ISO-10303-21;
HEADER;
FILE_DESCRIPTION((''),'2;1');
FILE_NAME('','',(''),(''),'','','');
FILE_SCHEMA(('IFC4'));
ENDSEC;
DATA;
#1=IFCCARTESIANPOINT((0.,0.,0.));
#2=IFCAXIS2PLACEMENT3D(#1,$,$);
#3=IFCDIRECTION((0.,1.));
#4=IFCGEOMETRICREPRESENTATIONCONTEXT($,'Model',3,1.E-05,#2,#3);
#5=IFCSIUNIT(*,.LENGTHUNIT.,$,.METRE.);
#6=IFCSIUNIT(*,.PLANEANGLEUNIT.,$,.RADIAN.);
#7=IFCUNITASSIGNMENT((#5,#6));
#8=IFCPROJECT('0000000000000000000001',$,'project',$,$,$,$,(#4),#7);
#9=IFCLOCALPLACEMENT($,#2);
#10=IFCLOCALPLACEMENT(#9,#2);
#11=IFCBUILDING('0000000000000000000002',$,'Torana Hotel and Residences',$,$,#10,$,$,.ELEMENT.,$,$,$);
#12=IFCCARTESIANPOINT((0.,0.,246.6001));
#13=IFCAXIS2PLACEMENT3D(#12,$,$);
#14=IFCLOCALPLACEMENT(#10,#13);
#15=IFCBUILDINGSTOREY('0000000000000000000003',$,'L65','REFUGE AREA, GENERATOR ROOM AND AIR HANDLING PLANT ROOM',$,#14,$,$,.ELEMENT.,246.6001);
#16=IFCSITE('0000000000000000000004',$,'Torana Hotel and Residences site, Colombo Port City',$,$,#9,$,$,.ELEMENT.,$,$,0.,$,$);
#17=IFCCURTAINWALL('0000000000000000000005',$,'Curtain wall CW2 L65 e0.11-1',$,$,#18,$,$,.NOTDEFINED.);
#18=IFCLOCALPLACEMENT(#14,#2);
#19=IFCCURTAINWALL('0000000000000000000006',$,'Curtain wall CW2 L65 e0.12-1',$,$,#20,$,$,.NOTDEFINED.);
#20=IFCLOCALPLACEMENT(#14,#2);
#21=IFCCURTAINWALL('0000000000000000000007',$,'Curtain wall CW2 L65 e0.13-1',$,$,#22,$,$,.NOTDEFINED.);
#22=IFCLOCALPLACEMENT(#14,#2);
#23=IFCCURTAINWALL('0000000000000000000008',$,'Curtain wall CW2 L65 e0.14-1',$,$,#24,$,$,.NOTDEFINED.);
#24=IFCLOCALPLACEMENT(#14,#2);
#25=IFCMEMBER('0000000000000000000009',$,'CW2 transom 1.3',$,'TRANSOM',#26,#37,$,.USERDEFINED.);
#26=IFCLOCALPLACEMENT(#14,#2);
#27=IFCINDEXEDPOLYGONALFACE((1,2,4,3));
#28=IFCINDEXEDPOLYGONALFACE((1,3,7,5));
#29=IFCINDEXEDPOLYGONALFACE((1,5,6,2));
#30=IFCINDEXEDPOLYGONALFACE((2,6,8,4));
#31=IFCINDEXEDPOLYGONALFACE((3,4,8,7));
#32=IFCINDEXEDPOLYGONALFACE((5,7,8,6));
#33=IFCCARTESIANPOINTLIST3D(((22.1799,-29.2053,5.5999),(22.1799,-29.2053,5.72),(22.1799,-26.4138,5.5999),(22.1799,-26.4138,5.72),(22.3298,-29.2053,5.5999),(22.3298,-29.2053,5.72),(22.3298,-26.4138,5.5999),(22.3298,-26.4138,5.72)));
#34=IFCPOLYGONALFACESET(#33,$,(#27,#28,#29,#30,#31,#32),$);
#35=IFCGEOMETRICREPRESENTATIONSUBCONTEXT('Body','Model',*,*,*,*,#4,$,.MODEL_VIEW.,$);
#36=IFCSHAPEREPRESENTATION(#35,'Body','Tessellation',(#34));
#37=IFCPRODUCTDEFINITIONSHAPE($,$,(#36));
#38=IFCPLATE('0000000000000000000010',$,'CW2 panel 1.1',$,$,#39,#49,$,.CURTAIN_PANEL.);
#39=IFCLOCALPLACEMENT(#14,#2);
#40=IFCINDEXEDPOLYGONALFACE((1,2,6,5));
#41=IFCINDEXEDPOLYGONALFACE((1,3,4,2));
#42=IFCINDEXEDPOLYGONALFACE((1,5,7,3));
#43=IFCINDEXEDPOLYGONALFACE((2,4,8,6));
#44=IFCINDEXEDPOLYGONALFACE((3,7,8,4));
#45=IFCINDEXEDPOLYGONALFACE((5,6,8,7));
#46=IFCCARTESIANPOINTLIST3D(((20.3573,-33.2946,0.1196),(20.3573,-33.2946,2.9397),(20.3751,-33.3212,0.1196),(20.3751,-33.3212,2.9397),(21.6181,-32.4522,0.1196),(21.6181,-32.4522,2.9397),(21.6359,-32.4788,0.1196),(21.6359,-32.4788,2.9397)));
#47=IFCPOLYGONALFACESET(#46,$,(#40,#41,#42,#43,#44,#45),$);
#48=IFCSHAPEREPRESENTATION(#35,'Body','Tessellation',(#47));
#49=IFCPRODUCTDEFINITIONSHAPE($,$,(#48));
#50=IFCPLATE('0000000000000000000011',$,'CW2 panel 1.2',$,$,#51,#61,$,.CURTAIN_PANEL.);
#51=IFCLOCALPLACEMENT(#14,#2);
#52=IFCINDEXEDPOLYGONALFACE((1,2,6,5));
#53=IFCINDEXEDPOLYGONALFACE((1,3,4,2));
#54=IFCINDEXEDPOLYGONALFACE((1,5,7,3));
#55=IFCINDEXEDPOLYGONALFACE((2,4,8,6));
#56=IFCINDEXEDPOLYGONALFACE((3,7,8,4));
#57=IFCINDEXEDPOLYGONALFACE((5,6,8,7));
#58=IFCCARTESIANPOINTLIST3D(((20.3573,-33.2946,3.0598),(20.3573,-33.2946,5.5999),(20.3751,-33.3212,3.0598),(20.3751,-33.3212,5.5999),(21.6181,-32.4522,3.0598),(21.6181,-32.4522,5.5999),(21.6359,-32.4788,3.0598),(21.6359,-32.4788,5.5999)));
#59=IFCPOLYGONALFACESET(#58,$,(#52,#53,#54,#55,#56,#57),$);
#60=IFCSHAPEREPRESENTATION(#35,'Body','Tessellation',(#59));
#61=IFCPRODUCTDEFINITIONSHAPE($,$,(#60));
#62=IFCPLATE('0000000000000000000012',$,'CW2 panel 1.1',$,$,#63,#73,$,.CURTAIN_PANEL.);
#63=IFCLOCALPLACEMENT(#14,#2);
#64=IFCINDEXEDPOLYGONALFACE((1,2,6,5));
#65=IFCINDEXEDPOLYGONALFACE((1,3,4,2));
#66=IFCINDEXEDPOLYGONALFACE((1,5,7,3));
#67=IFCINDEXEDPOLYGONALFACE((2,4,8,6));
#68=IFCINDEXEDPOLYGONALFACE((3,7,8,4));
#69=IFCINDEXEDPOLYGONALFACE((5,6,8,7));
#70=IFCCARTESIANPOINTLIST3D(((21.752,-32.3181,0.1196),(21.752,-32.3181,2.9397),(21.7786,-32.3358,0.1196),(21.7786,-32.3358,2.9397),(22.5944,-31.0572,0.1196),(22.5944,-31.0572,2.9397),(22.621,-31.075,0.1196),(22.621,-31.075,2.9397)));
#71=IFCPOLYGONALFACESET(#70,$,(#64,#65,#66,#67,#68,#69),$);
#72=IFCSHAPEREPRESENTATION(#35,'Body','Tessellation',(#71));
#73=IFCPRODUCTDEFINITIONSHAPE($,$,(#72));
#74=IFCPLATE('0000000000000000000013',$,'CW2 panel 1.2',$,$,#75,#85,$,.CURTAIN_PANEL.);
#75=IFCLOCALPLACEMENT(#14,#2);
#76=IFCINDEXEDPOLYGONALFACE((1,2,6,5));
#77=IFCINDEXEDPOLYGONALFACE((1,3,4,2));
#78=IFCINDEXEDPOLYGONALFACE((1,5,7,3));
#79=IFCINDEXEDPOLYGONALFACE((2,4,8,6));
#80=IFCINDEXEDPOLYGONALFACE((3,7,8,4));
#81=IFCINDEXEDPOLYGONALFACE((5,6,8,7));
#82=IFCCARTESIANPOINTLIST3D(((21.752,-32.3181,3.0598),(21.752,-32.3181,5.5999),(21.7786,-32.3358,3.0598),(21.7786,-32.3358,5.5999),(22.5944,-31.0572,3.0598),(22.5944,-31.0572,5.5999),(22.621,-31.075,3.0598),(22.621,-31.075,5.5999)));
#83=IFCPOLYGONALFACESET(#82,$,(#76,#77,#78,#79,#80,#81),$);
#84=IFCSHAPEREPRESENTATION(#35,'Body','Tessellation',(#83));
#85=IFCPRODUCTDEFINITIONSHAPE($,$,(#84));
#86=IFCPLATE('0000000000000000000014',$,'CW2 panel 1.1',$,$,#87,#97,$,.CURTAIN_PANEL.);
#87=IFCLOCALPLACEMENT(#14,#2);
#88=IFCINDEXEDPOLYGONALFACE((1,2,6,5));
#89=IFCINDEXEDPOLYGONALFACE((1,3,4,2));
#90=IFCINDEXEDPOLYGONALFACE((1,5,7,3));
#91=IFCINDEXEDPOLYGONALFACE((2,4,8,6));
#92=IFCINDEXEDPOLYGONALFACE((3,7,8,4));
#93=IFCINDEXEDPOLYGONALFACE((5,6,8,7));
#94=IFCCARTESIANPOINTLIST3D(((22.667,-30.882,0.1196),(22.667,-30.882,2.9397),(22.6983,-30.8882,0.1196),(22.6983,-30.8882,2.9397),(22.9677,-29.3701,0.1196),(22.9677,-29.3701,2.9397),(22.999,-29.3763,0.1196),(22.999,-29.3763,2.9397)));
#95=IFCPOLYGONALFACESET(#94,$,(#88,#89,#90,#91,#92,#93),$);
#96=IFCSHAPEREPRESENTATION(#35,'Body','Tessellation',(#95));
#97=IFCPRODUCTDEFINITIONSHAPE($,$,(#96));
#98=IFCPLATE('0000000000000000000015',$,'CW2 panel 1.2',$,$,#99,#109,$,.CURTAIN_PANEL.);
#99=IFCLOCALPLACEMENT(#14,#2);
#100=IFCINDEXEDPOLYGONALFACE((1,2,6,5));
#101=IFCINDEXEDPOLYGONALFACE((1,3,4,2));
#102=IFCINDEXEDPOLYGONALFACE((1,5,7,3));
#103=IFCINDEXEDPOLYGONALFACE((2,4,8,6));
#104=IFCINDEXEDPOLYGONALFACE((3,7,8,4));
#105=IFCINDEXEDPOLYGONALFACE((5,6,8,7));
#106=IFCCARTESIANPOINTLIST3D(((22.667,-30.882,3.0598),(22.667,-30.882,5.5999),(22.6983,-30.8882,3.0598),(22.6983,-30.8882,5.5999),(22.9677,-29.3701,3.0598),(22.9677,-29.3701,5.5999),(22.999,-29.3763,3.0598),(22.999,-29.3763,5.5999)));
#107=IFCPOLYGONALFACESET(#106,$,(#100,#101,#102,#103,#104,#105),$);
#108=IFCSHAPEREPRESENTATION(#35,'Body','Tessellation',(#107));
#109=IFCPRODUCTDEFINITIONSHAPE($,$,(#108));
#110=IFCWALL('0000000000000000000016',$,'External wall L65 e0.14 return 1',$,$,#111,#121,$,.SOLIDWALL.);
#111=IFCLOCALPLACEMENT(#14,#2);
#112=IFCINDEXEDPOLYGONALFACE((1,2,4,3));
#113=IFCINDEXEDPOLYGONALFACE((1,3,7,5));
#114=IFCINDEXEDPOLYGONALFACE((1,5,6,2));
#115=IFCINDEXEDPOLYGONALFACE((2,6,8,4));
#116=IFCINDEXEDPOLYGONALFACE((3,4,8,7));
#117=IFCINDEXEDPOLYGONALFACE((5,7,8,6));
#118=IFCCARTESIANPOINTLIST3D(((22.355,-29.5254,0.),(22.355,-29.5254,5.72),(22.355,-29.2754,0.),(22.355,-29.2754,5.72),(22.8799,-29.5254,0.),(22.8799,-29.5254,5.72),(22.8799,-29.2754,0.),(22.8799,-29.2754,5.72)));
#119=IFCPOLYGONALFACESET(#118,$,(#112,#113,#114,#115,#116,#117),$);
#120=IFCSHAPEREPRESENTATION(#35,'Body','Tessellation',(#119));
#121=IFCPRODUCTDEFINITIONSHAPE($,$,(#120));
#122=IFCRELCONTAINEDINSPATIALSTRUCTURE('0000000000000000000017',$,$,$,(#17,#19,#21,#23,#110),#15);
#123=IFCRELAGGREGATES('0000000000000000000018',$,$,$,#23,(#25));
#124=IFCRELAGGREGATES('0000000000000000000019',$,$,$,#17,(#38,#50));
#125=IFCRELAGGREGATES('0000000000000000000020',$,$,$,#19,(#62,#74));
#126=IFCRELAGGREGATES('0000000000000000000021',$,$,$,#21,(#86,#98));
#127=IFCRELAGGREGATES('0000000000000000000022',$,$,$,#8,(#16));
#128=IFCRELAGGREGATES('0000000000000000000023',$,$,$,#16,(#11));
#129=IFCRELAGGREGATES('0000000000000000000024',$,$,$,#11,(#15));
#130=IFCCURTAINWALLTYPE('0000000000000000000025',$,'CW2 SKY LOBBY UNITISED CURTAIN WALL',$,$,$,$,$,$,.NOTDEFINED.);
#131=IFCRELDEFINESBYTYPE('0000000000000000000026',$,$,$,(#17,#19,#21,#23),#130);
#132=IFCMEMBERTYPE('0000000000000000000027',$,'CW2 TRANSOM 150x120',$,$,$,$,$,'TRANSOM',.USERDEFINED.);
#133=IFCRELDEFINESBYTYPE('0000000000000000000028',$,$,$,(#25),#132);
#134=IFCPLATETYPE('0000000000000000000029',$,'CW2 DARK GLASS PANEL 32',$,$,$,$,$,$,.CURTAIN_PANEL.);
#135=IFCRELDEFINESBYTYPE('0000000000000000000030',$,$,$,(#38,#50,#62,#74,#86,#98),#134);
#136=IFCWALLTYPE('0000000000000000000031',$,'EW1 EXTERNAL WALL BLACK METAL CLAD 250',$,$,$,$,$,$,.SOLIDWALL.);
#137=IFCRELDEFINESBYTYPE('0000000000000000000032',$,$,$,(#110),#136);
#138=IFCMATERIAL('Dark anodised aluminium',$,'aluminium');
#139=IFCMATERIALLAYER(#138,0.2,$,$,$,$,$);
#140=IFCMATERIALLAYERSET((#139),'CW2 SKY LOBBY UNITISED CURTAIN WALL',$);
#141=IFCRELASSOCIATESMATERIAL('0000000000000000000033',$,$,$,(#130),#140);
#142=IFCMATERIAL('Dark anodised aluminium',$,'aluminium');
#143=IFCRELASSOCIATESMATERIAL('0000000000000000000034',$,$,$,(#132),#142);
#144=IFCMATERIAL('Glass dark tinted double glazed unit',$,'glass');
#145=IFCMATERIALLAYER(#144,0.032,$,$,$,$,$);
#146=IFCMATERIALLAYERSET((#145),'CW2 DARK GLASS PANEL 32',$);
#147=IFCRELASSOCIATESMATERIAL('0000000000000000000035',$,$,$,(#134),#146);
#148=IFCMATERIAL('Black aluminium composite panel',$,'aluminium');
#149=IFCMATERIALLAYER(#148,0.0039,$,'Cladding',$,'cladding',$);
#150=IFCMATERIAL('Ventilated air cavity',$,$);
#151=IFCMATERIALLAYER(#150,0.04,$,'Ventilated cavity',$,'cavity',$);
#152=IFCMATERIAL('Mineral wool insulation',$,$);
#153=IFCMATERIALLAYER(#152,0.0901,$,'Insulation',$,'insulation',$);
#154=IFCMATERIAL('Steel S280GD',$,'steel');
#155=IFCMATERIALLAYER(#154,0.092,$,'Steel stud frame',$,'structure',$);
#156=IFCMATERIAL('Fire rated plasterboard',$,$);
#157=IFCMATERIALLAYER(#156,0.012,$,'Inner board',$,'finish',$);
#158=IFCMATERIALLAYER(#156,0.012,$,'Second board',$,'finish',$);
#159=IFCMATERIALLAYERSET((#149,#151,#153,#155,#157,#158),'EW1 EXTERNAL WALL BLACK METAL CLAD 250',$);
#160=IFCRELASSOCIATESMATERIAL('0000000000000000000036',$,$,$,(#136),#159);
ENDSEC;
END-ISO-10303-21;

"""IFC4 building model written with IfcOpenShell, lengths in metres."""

from ifc_helpers import new_model, si_unit, direction, frame, frame_2d, origin, origin_2d, place, context, subcontext, project, spatial, rectangle, extrude, material, layer, layer_set, material_profile, profile_set, type_object, element, aggregate, save


model = new_model("IFC4")

# Units and contexts
model_context = context("Model", 3, precision=1e-05, world=origin(), true_north=direction((0.0, 1.0)))
body_context = subcontext(model_context, "Body", "Model", "MODEL_VIEW")
ifc_project = project(units=[si_unit("LENGTHUNIT", "METRE"), si_unit("PLANEANGLEUNIT", "RADIAN")], contexts=[model_context])

# Site, building, storey
site_placement = place(None, origin())
site = spatial("IfcSite", under=ifc_project, at=site_placement, Name="Torana Hotel and Residences site, Colombo Port City", CompositionType="ELEMENT", RefElevation=0.0)
building_placement = place(site_placement, origin())
building = spatial("IfcBuilding", under=site, at=building_placement, Name="Torana Hotel and Residences", CompositionType="ELEMENT")
storey_placement = place(building_placement, frame((0.0, 0.0, 246.6001)))
storey = spatial("IfcBuildingStorey", under=building, at=storey_placement, Name="L65", Description="REFUGE AREA, GENERATOR ROOM AND AIR HANDLING PLANT ROOM", CompositionType="ELEMENT", Elevation=246.6001)

# Curtain wall
ifc_material_1 = material(Name="Dark anodised aluminium", Category="aluminium")
ifc_layer_1 = layer(ifc_material_1, 0.2)
ifc_layer_set_1 = layer_set([ifc_layer_1], Name="CW2 SKY LOBBY UNITISED CURTAIN WALL")
curtain_wall_type = type_object("IfcCurtainWallType", Name="CW2 SKY LOBBY UNITISED CURTAIN WALL", PredefinedType="NOTDEFINED", material=ifc_layer_set_1)
curtain_wall_1_placement = place(storey_placement, origin())
curtain_wall_1 = element("IfcCurtainWall", 1, at=curtain_wall_1_placement, inside=storey, type_object=curtain_wall_type, Name="Curtain wall CW2 L65 e0.11-1", PredefinedType="NOTDEFINED")

# Curtain walls
curtain_wall_2_placement = place(storey_placement, origin())
curtain_wall_2 = element("IfcCurtainWall", 2, at=curtain_wall_2_placement, inside=storey, type_object=curtain_wall_type, Name="Curtain wall CW2 L65 e0.12-1", PredefinedType="NOTDEFINED")
curtain_wall_3_placement = place(storey_placement, origin())
curtain_wall_3 = element("IfcCurtainWall", 3, at=curtain_wall_3_placement, inside=storey, type_object=curtain_wall_type, Name="Curtain wall CW2 L65 e0.13-1", PredefinedType="NOTDEFINED")

# Curtain wall
curtain_wall_4_placement = place(storey_placement, origin())
curtain_wall_4 = element("IfcCurtainWall", 4, at=curtain_wall_4_placement, inside=storey, type_object=curtain_wall_type, Name="Curtain wall CW2 L65 e0.14-1", PredefinedType="NOTDEFINED")

# Member
ifc_material_2 = material(Name="Dark anodised aluminium", Category="aluminium")
ifc_material_profile_1 = material_profile(ifc_material_2, rectangle(XDim=0.1499, YDim=0.1201, at=origin_2d()), Name="CW2 TRANSOM 150x120")
ifc_profile_set_1 = profile_set([ifc_material_profile_1], Name="Dark anodised aluminium")
member_type_1 = type_object("IfcMemberType", Name="CW2 TRANSOM 150x120", ElementType="TRANSOM", PredefinedType="USERDEFINED", material=ifc_profile_set_1)
member_1_placement = place(storey_placement, frame((22.2549, -29.2053, 5.6599), z_axis=(0.0, 1.0, 0.0), x_axis=(-1.0, 0.0, 0.0)))
member_1 = element("IfcMember", 5, at=member_1_placement, type_object=member_type_1, Name="CW2 transom 1.3", ObjectType="TRANSOM", PredefinedType="USERDEFINED", context=body_context, shape_type="SweptSolid", body=[
    extrude(rectangle(XDim=0.1499, YDim=0.1201, at=origin_2d()), origin(), (0.0, 0.0, 1.0), 2.7915),
])
aggregate(curtain_wall_4, [member_1])

# Plates
ifc_material_3 = material(Name="Glass dark tinted double glazed unit", Category="glass")
ifc_layer_2 = layer(ifc_material_3, 0.032)
ifc_layer_set_2 = layer_set([ifc_layer_2], Name="CW2 DARK GLASS PANEL 32")
plate_type = type_object("IfcPlateType", Name="CW2 DARK GLASS PANEL 32", PredefinedType="CURTAIN_PANEL", material=ifc_layer_set_2)
plate_1_placement = place(storey_placement, frame((20.9966, -32.8867, 0.1196), z_axis=(0.0, 0.0, 1.0), x_axis=(0.831474, 0.555564, 0.0)))
plate_1 = element("IfcPlate", 6, at=plate_1_placement, type_object=plate_type, Name="CW2 panel 1.1", PredefinedType="CURTAIN_PANEL", context=body_context, shape_type="SweptSolid", body=[
    extrude(rectangle(XDim=1.5164, YDim=0.032, at=origin_2d()), origin(), (0.0, 0.0, 1.0), 2.8201),
])
plate_2_placement = place(storey_placement, frame((20.9966, -32.8867, 3.0598), z_axis=(0.0, 0.0, 1.0), x_axis=(0.831474, 0.555564, 0.0)))
plate_2 = element("IfcPlate", 7, at=plate_2_placement, type_object=plate_type, Name="CW2 panel 1.2", PredefinedType="CURTAIN_PANEL", context=body_context, shape_type="SweptSolid", body=[
    extrude(rectangle(XDim=1.5164, YDim=0.032, at=origin_2d()), origin(), (0.0, 0.0, 1.0), 2.54),
])
aggregate(curtain_wall_1, [plate_1, plate_2])
plate_3_placement = place(storey_placement, frame((22.1865, -31.6965, 0.1196), z_axis=(0.0, 0.0, 1.0), x_axis=(0.555564, 0.831474, 0.0)))
plate_3 = element("IfcPlate", 8, at=plate_3_placement, type_object=plate_type, Name="CW2 panel 1.1", PredefinedType="CURTAIN_PANEL", context=body_context, shape_type="SweptSolid", body=[
    extrude(rectangle(XDim=1.5164, YDim=0.032, at=origin_2d()), origin(), (0.0, 0.0, 1.0), 2.8201),
])
plate_4_placement = place(storey_placement, frame((22.1865, -31.6965, 3.0598), z_axis=(0.0, 0.0, 1.0), x_axis=(0.555564, 0.831474, 0.0)))
plate_4 = element("IfcPlate", 9, at=plate_4_placement, type_object=plate_type, Name="CW2 panel 1.2", PredefinedType="CURTAIN_PANEL", context=body_context, shape_type="SweptSolid", body=[
    extrude(rectangle(XDim=1.5164, YDim=0.032, at=origin_2d()), origin(), (0.0, 0.0, 1.0), 2.54),
])
aggregate(curtain_wall_2, [plate_3, plate_4])
plate_5_placement = place(storey_placement, frame((22.833, -30.1292, 0.1196), z_axis=(0.0, 0.0, 1.0), x_axis=(0.195064, 0.980791, 0.0)))
plate_5 = element("IfcPlate", 10, at=plate_5_placement, type_object=plate_type, Name="CW2 panel 1.1", PredefinedType="CURTAIN_PANEL", context=body_context, shape_type="SweptSolid", body=[
    extrude(rectangle(XDim=1.5415, YDim=0.032, at=origin_2d()), origin(), (0.0, 0.0, 1.0), 2.8201),
])
plate_6_placement = place(storey_placement, frame((22.833, -30.1292, 3.0598), z_axis=(0.0, 0.0, 1.0), x_axis=(0.195064, 0.980791, 0.0)))
plate_6 = element("IfcPlate", 11, at=plate_6_placement, type_object=plate_type, Name="CW2 panel 1.2", PredefinedType="CURTAIN_PANEL", context=body_context, shape_type="SweptSolid", body=[
    extrude(rectangle(XDim=1.5415, YDim=0.032, at=origin_2d()), origin(), (0.0, 0.0, 1.0), 2.54),
])
aggregate(curtain_wall_3, [plate_5, plate_6])

# Wall
ifc_material_4 = material(Name="Black aluminium composite panel", Category="aluminium")
ifc_layer_3 = layer(ifc_material_4, 0.0039, Name="Cladding", Category="cladding")
ifc_material_5 = material(Name="Ventilated air cavity")
ifc_layer_4 = layer(ifc_material_5, 0.04, Name="Ventilated cavity", Category="cavity")
ifc_material_6 = material(Name="Mineral wool insulation")
ifc_layer_5 = layer(ifc_material_6, 0.0901, Name="Insulation", Category="insulation")
ifc_material_7 = material(Name="Steel S280GD", Category="steel")
ifc_layer_6 = layer(ifc_material_7, 0.092, Name="Steel stud frame", Category="structure")
ifc_material_8 = material(Name="Fire rated plasterboard")
ifc_layer_7 = layer(ifc_material_8, 0.012, Name="Inner board", Category="finish")
ifc_layer_8 = layer(ifc_material_8, 0.012, Name="Second board", Category="finish")
ifc_layer_set_3 = layer_set([ifc_layer_3, ifc_layer_4, ifc_layer_5, ifc_layer_6, ifc_layer_7, ifc_layer_8], Name="EW1 EXTERNAL WALL BLACK METAL CLAD 250")
wall_type = type_object("IfcWallType", Name="EW1 EXTERNAL WALL BLACK METAL CLAD 250", PredefinedType="SOLIDWALL", material=ifc_layer_set_3)
wall_placement = place(storey_placement, frame((22.355, -29.4004, 0.0), z_axis=(0.0, 0.0, 1.0), x_axis=(1.0, 0.0, 0.0)))
element("IfcWall", 12, at=wall_placement, inside=storey, type_object=wall_type, Name="External wall L65 e0.14 return 1", PredefinedType="SOLIDWALL", context=body_context, shape_type="SweptSolid", body=[
    extrude(rectangle(XDim=0.5249, YDim=0.25, at=frame_2d((0.2625, 0.0))), origin(), (0.0, 0.0, 1.0), 5.72),
])

save(model, "model.ifc")
